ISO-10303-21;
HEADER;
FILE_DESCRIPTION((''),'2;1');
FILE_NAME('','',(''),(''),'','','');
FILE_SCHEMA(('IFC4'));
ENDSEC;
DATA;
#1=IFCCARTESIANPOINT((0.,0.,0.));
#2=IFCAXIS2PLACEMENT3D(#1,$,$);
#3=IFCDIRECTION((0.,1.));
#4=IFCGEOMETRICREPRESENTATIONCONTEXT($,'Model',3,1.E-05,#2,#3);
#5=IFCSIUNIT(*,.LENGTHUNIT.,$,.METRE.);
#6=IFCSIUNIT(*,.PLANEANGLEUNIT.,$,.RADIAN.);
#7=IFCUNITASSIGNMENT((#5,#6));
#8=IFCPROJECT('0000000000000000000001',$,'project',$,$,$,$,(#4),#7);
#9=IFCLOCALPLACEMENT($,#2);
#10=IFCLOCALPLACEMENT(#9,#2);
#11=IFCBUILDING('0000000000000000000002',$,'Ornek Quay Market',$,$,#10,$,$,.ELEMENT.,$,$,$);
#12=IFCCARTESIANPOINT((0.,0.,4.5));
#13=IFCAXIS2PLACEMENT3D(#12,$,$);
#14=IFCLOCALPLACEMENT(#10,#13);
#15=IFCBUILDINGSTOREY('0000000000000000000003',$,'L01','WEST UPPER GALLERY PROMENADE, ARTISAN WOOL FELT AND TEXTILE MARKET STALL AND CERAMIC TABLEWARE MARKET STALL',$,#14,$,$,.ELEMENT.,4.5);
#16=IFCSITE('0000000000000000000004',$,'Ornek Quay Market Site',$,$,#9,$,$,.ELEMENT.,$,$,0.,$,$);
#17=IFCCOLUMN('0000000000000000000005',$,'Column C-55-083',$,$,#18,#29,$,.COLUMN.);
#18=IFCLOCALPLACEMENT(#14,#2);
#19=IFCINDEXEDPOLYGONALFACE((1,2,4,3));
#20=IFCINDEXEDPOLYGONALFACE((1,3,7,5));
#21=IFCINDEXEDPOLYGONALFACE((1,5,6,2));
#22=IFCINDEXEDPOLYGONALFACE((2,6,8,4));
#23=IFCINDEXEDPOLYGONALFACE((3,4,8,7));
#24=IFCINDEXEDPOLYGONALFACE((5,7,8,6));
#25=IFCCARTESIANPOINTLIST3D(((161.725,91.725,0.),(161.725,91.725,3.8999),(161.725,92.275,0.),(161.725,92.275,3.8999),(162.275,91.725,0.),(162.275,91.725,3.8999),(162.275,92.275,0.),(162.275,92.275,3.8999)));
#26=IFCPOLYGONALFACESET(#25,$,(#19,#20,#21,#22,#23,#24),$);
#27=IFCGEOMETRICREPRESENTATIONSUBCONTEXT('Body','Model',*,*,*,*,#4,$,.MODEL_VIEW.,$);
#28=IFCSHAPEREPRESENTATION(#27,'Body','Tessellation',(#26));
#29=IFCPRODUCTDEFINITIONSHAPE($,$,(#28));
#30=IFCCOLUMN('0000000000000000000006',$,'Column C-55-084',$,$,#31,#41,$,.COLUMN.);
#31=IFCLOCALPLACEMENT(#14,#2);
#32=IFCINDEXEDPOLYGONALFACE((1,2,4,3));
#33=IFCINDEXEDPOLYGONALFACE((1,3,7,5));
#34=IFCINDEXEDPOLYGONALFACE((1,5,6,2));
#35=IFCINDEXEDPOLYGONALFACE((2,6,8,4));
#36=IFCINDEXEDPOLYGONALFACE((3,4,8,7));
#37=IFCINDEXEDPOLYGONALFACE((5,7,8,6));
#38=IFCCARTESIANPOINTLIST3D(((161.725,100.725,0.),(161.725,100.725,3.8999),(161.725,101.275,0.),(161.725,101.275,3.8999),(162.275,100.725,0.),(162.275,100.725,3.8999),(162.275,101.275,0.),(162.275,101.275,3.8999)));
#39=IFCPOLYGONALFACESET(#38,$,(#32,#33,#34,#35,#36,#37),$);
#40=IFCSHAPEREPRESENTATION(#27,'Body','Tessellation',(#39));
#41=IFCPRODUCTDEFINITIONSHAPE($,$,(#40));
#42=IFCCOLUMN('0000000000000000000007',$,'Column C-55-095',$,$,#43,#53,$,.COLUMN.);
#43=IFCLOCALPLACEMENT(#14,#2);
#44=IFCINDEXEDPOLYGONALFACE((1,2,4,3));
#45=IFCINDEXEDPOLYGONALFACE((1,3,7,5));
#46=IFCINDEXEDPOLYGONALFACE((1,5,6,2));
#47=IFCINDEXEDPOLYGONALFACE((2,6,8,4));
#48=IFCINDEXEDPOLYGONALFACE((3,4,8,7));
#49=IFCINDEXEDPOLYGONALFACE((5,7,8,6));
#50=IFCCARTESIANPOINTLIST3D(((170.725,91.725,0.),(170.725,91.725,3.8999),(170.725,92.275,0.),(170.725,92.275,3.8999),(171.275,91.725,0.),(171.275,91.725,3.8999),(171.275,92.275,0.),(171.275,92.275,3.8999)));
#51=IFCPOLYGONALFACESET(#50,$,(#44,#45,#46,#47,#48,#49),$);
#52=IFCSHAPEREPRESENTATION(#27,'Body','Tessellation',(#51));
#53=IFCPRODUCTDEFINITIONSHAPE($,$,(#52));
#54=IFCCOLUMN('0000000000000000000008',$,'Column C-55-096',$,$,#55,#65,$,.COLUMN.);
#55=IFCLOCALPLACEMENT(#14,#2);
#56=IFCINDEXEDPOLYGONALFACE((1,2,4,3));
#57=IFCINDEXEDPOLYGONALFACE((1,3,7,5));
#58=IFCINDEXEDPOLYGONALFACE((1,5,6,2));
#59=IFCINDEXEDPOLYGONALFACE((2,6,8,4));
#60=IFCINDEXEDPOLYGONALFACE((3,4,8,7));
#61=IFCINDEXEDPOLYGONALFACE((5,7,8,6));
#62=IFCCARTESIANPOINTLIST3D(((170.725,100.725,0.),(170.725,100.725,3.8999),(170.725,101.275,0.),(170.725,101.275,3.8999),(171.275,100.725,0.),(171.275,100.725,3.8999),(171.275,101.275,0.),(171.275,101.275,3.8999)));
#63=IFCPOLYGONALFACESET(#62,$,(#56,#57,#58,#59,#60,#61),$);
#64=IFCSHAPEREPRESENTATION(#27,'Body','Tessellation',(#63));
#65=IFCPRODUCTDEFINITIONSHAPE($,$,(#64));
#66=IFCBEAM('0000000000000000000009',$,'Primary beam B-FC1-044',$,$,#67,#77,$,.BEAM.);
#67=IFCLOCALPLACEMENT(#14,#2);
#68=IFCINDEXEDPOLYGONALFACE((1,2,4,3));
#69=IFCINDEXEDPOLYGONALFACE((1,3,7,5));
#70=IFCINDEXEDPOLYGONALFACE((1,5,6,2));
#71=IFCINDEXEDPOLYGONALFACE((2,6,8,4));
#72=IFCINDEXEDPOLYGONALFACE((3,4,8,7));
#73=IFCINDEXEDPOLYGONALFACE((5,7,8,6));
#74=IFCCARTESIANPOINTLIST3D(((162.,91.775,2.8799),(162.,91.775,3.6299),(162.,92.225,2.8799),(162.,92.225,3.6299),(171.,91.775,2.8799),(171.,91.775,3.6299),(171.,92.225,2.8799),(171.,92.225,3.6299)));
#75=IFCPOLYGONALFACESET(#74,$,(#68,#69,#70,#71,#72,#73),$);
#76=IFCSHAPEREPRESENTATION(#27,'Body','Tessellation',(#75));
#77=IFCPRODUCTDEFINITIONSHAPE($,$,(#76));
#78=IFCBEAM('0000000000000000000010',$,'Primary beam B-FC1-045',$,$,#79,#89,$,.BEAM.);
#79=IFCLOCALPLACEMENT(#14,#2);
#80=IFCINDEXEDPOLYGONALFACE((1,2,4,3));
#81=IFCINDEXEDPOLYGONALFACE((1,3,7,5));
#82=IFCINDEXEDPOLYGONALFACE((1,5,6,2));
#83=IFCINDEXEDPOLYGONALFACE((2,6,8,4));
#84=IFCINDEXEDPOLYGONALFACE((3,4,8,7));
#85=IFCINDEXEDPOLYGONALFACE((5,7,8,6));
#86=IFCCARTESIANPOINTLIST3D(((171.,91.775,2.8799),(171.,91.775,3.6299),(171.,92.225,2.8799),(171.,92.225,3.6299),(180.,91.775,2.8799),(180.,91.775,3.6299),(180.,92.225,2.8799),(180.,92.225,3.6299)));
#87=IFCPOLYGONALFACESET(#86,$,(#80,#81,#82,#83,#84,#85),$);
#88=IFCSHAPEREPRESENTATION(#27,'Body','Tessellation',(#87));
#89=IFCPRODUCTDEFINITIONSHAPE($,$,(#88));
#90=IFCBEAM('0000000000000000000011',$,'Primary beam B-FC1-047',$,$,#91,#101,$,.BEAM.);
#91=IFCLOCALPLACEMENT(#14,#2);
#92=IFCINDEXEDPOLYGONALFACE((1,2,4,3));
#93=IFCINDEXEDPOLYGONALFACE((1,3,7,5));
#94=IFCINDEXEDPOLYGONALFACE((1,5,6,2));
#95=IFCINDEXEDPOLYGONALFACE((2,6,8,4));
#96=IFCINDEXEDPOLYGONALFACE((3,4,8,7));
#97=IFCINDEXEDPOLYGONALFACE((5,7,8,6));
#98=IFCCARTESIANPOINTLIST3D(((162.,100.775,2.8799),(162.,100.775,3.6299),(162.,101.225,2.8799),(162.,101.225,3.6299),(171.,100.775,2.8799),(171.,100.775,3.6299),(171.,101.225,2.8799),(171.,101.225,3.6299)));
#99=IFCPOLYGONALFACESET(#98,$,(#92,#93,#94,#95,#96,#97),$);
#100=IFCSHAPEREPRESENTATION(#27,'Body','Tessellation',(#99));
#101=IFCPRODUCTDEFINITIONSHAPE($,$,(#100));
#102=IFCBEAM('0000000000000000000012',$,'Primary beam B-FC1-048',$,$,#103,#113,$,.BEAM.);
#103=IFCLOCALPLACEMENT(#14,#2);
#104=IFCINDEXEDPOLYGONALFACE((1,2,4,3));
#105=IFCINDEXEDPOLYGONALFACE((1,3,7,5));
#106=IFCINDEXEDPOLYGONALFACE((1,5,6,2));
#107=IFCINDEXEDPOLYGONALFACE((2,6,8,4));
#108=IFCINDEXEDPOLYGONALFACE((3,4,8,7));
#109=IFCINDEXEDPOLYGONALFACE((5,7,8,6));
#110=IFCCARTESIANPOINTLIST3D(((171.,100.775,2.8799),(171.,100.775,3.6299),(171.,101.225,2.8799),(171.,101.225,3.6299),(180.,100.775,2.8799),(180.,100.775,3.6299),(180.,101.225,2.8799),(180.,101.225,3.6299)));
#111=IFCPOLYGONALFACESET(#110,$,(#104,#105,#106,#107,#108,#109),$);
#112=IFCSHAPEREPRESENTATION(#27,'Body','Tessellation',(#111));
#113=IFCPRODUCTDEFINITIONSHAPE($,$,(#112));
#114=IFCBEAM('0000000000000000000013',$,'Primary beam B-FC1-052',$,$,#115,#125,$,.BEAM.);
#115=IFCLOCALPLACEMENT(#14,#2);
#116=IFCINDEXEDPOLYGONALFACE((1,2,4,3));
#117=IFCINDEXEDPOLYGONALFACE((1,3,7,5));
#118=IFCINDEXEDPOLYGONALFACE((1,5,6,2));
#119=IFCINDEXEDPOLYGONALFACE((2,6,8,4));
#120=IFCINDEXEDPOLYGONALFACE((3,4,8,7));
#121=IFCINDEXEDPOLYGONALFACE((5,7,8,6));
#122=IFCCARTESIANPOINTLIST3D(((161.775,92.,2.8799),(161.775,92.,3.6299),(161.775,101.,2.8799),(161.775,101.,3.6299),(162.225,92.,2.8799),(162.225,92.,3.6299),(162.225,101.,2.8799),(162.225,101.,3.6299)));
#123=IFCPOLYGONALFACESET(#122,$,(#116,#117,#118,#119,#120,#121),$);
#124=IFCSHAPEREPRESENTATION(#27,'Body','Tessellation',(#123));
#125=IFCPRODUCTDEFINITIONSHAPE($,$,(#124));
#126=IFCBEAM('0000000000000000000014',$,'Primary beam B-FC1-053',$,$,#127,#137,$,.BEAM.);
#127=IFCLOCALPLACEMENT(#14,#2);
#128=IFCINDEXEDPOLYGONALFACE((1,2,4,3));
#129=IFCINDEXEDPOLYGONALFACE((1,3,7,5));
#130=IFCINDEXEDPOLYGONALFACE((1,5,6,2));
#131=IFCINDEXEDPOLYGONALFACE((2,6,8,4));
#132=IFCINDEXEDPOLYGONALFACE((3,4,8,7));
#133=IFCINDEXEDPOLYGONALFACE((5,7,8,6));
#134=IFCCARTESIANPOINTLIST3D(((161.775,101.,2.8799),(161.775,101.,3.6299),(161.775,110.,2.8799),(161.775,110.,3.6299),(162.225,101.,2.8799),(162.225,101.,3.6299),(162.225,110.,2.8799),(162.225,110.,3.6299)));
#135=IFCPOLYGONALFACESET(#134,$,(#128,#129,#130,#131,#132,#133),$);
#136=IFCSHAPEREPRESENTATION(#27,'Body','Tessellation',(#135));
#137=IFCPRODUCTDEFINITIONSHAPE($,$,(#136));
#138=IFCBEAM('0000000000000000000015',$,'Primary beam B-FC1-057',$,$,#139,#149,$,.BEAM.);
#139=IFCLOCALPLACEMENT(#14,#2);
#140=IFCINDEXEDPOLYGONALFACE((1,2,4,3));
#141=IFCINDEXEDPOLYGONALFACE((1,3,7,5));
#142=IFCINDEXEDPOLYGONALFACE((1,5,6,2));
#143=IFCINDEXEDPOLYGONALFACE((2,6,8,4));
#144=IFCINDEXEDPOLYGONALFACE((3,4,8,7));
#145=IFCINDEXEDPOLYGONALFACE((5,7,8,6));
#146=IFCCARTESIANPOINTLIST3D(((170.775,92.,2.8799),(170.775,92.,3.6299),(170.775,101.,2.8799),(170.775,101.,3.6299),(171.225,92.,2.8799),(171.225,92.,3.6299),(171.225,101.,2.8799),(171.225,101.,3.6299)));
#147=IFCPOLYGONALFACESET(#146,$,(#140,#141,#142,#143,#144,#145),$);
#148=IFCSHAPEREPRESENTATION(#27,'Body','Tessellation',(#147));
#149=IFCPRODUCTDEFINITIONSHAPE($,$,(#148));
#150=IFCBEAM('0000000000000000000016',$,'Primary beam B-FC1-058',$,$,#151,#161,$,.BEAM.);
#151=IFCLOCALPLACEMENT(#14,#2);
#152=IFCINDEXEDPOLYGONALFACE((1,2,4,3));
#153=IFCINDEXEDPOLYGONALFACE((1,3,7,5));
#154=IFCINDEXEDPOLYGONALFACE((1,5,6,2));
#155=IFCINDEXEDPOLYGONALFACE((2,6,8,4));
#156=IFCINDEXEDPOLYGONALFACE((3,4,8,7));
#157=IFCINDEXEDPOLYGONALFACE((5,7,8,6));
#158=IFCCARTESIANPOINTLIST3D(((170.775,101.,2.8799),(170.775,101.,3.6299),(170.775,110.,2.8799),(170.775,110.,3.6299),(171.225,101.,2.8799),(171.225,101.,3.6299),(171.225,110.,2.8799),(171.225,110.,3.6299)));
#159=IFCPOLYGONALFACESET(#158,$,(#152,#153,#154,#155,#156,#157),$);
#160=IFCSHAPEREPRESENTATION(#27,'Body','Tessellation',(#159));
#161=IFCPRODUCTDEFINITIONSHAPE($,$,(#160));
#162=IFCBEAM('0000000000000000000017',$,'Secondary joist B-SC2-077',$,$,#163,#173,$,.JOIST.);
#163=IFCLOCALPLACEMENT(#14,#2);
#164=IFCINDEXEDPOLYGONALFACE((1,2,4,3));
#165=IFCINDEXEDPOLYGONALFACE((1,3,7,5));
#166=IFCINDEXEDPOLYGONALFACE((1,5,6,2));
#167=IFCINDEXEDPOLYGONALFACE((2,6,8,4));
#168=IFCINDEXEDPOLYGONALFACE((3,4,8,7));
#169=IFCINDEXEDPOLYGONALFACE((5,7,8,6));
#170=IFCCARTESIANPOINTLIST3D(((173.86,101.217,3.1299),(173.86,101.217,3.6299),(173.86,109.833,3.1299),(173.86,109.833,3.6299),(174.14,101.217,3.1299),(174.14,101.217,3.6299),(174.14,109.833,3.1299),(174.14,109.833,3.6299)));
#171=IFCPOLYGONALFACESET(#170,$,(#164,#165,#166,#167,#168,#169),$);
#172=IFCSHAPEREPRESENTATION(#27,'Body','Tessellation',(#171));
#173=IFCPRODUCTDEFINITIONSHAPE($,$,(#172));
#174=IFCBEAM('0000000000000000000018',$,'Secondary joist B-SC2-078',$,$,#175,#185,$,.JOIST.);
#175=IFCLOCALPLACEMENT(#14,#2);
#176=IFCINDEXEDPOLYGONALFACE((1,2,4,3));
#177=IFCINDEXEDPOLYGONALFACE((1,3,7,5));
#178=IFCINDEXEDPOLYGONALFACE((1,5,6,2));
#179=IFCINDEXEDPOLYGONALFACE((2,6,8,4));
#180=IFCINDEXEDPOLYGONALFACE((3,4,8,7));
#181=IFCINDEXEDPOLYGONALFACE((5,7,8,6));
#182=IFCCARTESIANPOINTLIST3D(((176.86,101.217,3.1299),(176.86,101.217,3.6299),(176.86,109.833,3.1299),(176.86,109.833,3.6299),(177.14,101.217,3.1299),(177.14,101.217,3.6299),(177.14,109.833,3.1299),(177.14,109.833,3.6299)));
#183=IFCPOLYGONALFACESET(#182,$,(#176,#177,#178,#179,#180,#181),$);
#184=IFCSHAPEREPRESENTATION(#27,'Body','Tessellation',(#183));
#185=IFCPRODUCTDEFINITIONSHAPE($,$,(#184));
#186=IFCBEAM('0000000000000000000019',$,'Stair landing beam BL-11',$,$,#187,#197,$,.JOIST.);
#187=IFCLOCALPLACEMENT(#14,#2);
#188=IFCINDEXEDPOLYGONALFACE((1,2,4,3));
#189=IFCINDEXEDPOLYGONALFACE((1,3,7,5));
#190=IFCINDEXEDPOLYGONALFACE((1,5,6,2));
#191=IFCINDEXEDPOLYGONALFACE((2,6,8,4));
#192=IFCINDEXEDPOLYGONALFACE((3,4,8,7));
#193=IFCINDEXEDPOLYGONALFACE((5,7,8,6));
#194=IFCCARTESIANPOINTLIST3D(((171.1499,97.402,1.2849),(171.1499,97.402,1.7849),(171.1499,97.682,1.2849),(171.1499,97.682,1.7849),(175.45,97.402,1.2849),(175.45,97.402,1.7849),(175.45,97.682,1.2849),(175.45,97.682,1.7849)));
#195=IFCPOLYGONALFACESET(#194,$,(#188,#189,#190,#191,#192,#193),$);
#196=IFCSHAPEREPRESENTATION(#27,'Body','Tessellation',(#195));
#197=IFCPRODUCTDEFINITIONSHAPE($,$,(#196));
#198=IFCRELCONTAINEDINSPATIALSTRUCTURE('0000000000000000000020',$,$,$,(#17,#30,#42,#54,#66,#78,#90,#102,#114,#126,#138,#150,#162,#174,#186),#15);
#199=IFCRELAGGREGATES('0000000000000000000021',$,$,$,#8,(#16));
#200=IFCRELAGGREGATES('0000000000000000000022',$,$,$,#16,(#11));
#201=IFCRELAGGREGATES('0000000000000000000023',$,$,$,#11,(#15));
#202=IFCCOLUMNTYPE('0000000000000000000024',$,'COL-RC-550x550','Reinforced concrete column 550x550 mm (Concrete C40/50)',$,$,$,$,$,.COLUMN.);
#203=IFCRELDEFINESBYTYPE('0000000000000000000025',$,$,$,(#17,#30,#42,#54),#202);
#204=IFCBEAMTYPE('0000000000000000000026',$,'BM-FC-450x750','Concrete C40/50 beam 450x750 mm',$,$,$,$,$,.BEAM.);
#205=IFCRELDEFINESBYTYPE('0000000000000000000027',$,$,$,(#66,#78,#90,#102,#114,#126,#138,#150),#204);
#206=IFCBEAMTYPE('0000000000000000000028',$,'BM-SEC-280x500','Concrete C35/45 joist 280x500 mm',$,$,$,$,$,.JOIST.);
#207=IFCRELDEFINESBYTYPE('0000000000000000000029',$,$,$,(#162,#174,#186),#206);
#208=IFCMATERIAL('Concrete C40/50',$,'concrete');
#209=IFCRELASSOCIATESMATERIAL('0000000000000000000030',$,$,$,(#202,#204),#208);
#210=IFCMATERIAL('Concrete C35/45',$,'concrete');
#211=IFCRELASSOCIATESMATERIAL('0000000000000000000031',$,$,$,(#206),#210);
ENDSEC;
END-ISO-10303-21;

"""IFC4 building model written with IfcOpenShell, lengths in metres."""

from ifc_helpers import new_model, si_unit, direction, frame, origin, origin_2d, place, context, subcontext, project, spatial, rectangle, extrude, material, material_profile, profile_set, type_object, element, save


model = new_model("IFC4")

# Units and contexts
model_context = context("Model", 3, precision=1e-05, world=origin(), true_north=direction((0.0, 1.0)))
body_context = subcontext(model_context, "Body", "Model", "MODEL_VIEW")
ifc_project = project(units=[si_unit("LENGTHUNIT", "METRE"), si_unit("PLANEANGLEUNIT", "RADIAN")], contexts=[model_context])

# Site, building, storey
site_placement = place(None, origin())
site = spatial("IfcSite", under=ifc_project, at=site_placement, Name="Ornek Quay Market Site", CompositionType="ELEMENT", RefElevation=0.0)
building_placement = place(site_placement, origin())
building = spatial("IfcBuilding", under=site, at=building_placement, Name="Ornek Quay Market", CompositionType="ELEMENT")
storey_placement = place(building_placement, frame((0.0, 0.0, 4.5)))
storey = spatial("IfcBuildingStorey", under=building, at=storey_placement, Name="L01", Description="WEST UPPER GALLERY PROMENADE, ARTISAN WOOL FELT AND TEXTILE MARKET STALL AND CERAMIC TABLEWARE MARKET STALL", CompositionType="ELEMENT", Elevation=4.5)

# Columns
ifc_material_1 = material(Name="Concrete C40/50", Category="concrete")
ifc_material_profile_1 = material_profile(ifc_material_1, rectangle(XDim=0.55, YDim=0.55, at=origin_2d()), Name="RC 550x550", Category="concrete")
ifc_profile_set_1 = profile_set([ifc_material_profile_1], Name="Concrete C40/50")
column_type = type_object("IfcColumnType", Name="COL-RC-550x550", Description="Reinforced concrete column 550x550 mm (Concrete C40/50)", PredefinedType="COLUMN", material=ifc_profile_set_1)
for number, where, z_axis, x_axis, name in (
    (1, (162.0, 92.0, 0.0), (0.0, 0.0, 1.0), (1.0, 0.0, 0.0), "Column C-55-083"),
    (2, (162.0, 101.0, 0.0), (0.0, 0.0, 1.0), (1.0, 0.0, 0.0), "Column C-55-084"),
    (3, (171.0, 92.0, 0.0), (0.0, 0.0, 1.0), (1.0, 0.0, 0.0), "Column C-55-095"),
    (4, (171.0, 101.0, 0.0), (0.0, 0.0, 1.0), (1.0, 0.0, 0.0), "Column C-55-096"),
):
    element("IfcColumn", number, at=place(storey_placement, frame(where, z_axis=z_axis, x_axis=x_axis)), inside=storey, type_object=column_type, Name=name, PredefinedType="COLUMN", context=body_context, shape_type="SweptSolid", body=[
        extrude(rectangle(XDim=0.55, YDim=0.55, at=origin_2d()), origin(), (0.0, 0.0, 1.0), 3.8999),
    ])

# Beams
ifc_material_profile_2 = material_profile(ifc_material_1, rectangle(XDim=0.45, YDim=0.75, at=origin_2d()), Name="RC 450x750", Category="concrete")
ifc_profile_set_2 = profile_set([ifc_material_profile_2], Name="Concrete C40/50")
beam_type_1 = type_object("IfcBeamType", Name="BM-FC-450x750", Description="Concrete C40/50 beam 450x750 mm", PredefinedType="BEAM", material=ifc_profile_set_2)
for number, where, z_axis, x_axis, name in (
    (5, (162.0, 92.0, 3.2549), (1.0, 0.0, 0.0), (0.0, 1.0, 0.0), "Primary beam B-FC1-044"),
    (6, (171.0, 92.0, 3.2549), (1.0, 0.0, 0.0), (0.0, 1.0, 0.0), "Primary beam B-FC1-045"),
    (7, (162.0, 101.0, 3.2549), (1.0, 0.0, 0.0), (0.0, 1.0, 0.0), "Primary beam B-FC1-047"),
    (8, (171.0, 101.0, 3.2549), (1.0, 0.0, 0.0), (0.0, 1.0, 0.0), "Primary beam B-FC1-048"),
    (9, (162.0, 92.0, 3.2549), (0.0, 1.0, 0.0), (-1.0, 0.0, 0.0), "Primary beam B-FC1-052"),
    (10, (162.0, 101.0, 3.2549), (0.0, 1.0, 0.0), (-1.0, 0.0, 0.0), "Primary beam B-FC1-053"),
    (11, (171.0, 92.0, 3.2549), (0.0, 1.0, 0.0), (-1.0, 0.0, 0.0), "Primary beam B-FC1-057"),
    (12, (171.0, 101.0, 3.2549), (0.0, 1.0, 0.0), (-1.0, 0.0, 0.0), "Primary beam B-FC1-058"),
):
    element("IfcBeam", number, at=place(storey_placement, frame(where, z_axis=z_axis, x_axis=x_axis)), inside=storey, type_object=beam_type_1, Name=name, PredefinedType="BEAM", context=body_context, shape_type="SweptSolid", body=[
        extrude(rectangle(XDim=0.45, YDim=0.75, at=origin_2d()), origin(), (0.0, 0.0, 1.0), 9.0),
    ])
ifc_material_2 = material(Name="Concrete C35/45", Category="concrete")
ifc_material_profile_3 = material_profile(ifc_material_2, rectangle(XDim=0.28, YDim=0.5, at=origin_2d()), Name="RC 280x500", Category="concrete")
ifc_profile_set_3 = profile_set([ifc_material_profile_3], Name="Concrete C35/45")
beam_type_2 = type_object("IfcBeamType", Name="BM-SEC-280x500", Description="Concrete C35/45 joist 280x500 mm", PredefinedType="JOIST", material=ifc_profile_set_3)
for number, where, z_axis, x_axis, name in (
    (13, (174.0, 101.217, 3.3799), (0.0, 1.0, 0.0), (-1.0, 0.0, 0.0), "Secondary joist B-SC2-077"),
    (14, (177.0, 101.217, 3.3799), (0.0, 1.0, 0.0), (-1.0, 0.0, 0.0), "Secondary joist B-SC2-078"),
):
    element("IfcBeam", number, at=place(storey_placement, frame(where, z_axis=z_axis, x_axis=x_axis)), inside=storey, type_object=beam_type_2, Name=name, PredefinedType="JOIST", context=body_context, shape_type="SweptSolid", body=[
        extrude(rectangle(XDim=0.28, YDim=0.5, at=origin_2d()), origin(), (0.0, 0.0, 1.0), 8.616),
    ])
beam_placement = place(storey_placement, frame((171.1499, 97.542, 1.5349), z_axis=(1.0, 0.0, 0.0), x_axis=(0.0, 1.0, 0.0)))
element("IfcBeam", 15, at=beam_placement, inside=storey, type_object=beam_type_2, Name="Stair landing beam BL-11", PredefinedType="JOIST", context=body_context, shape_type="SweptSolid", body=[
    extrude(rectangle(XDim=0.28, YDim=0.5, at=origin_2d()), origin(), (0.0, 0.0, 1.0), 4.3),
])

save(model, "model.ifc")
